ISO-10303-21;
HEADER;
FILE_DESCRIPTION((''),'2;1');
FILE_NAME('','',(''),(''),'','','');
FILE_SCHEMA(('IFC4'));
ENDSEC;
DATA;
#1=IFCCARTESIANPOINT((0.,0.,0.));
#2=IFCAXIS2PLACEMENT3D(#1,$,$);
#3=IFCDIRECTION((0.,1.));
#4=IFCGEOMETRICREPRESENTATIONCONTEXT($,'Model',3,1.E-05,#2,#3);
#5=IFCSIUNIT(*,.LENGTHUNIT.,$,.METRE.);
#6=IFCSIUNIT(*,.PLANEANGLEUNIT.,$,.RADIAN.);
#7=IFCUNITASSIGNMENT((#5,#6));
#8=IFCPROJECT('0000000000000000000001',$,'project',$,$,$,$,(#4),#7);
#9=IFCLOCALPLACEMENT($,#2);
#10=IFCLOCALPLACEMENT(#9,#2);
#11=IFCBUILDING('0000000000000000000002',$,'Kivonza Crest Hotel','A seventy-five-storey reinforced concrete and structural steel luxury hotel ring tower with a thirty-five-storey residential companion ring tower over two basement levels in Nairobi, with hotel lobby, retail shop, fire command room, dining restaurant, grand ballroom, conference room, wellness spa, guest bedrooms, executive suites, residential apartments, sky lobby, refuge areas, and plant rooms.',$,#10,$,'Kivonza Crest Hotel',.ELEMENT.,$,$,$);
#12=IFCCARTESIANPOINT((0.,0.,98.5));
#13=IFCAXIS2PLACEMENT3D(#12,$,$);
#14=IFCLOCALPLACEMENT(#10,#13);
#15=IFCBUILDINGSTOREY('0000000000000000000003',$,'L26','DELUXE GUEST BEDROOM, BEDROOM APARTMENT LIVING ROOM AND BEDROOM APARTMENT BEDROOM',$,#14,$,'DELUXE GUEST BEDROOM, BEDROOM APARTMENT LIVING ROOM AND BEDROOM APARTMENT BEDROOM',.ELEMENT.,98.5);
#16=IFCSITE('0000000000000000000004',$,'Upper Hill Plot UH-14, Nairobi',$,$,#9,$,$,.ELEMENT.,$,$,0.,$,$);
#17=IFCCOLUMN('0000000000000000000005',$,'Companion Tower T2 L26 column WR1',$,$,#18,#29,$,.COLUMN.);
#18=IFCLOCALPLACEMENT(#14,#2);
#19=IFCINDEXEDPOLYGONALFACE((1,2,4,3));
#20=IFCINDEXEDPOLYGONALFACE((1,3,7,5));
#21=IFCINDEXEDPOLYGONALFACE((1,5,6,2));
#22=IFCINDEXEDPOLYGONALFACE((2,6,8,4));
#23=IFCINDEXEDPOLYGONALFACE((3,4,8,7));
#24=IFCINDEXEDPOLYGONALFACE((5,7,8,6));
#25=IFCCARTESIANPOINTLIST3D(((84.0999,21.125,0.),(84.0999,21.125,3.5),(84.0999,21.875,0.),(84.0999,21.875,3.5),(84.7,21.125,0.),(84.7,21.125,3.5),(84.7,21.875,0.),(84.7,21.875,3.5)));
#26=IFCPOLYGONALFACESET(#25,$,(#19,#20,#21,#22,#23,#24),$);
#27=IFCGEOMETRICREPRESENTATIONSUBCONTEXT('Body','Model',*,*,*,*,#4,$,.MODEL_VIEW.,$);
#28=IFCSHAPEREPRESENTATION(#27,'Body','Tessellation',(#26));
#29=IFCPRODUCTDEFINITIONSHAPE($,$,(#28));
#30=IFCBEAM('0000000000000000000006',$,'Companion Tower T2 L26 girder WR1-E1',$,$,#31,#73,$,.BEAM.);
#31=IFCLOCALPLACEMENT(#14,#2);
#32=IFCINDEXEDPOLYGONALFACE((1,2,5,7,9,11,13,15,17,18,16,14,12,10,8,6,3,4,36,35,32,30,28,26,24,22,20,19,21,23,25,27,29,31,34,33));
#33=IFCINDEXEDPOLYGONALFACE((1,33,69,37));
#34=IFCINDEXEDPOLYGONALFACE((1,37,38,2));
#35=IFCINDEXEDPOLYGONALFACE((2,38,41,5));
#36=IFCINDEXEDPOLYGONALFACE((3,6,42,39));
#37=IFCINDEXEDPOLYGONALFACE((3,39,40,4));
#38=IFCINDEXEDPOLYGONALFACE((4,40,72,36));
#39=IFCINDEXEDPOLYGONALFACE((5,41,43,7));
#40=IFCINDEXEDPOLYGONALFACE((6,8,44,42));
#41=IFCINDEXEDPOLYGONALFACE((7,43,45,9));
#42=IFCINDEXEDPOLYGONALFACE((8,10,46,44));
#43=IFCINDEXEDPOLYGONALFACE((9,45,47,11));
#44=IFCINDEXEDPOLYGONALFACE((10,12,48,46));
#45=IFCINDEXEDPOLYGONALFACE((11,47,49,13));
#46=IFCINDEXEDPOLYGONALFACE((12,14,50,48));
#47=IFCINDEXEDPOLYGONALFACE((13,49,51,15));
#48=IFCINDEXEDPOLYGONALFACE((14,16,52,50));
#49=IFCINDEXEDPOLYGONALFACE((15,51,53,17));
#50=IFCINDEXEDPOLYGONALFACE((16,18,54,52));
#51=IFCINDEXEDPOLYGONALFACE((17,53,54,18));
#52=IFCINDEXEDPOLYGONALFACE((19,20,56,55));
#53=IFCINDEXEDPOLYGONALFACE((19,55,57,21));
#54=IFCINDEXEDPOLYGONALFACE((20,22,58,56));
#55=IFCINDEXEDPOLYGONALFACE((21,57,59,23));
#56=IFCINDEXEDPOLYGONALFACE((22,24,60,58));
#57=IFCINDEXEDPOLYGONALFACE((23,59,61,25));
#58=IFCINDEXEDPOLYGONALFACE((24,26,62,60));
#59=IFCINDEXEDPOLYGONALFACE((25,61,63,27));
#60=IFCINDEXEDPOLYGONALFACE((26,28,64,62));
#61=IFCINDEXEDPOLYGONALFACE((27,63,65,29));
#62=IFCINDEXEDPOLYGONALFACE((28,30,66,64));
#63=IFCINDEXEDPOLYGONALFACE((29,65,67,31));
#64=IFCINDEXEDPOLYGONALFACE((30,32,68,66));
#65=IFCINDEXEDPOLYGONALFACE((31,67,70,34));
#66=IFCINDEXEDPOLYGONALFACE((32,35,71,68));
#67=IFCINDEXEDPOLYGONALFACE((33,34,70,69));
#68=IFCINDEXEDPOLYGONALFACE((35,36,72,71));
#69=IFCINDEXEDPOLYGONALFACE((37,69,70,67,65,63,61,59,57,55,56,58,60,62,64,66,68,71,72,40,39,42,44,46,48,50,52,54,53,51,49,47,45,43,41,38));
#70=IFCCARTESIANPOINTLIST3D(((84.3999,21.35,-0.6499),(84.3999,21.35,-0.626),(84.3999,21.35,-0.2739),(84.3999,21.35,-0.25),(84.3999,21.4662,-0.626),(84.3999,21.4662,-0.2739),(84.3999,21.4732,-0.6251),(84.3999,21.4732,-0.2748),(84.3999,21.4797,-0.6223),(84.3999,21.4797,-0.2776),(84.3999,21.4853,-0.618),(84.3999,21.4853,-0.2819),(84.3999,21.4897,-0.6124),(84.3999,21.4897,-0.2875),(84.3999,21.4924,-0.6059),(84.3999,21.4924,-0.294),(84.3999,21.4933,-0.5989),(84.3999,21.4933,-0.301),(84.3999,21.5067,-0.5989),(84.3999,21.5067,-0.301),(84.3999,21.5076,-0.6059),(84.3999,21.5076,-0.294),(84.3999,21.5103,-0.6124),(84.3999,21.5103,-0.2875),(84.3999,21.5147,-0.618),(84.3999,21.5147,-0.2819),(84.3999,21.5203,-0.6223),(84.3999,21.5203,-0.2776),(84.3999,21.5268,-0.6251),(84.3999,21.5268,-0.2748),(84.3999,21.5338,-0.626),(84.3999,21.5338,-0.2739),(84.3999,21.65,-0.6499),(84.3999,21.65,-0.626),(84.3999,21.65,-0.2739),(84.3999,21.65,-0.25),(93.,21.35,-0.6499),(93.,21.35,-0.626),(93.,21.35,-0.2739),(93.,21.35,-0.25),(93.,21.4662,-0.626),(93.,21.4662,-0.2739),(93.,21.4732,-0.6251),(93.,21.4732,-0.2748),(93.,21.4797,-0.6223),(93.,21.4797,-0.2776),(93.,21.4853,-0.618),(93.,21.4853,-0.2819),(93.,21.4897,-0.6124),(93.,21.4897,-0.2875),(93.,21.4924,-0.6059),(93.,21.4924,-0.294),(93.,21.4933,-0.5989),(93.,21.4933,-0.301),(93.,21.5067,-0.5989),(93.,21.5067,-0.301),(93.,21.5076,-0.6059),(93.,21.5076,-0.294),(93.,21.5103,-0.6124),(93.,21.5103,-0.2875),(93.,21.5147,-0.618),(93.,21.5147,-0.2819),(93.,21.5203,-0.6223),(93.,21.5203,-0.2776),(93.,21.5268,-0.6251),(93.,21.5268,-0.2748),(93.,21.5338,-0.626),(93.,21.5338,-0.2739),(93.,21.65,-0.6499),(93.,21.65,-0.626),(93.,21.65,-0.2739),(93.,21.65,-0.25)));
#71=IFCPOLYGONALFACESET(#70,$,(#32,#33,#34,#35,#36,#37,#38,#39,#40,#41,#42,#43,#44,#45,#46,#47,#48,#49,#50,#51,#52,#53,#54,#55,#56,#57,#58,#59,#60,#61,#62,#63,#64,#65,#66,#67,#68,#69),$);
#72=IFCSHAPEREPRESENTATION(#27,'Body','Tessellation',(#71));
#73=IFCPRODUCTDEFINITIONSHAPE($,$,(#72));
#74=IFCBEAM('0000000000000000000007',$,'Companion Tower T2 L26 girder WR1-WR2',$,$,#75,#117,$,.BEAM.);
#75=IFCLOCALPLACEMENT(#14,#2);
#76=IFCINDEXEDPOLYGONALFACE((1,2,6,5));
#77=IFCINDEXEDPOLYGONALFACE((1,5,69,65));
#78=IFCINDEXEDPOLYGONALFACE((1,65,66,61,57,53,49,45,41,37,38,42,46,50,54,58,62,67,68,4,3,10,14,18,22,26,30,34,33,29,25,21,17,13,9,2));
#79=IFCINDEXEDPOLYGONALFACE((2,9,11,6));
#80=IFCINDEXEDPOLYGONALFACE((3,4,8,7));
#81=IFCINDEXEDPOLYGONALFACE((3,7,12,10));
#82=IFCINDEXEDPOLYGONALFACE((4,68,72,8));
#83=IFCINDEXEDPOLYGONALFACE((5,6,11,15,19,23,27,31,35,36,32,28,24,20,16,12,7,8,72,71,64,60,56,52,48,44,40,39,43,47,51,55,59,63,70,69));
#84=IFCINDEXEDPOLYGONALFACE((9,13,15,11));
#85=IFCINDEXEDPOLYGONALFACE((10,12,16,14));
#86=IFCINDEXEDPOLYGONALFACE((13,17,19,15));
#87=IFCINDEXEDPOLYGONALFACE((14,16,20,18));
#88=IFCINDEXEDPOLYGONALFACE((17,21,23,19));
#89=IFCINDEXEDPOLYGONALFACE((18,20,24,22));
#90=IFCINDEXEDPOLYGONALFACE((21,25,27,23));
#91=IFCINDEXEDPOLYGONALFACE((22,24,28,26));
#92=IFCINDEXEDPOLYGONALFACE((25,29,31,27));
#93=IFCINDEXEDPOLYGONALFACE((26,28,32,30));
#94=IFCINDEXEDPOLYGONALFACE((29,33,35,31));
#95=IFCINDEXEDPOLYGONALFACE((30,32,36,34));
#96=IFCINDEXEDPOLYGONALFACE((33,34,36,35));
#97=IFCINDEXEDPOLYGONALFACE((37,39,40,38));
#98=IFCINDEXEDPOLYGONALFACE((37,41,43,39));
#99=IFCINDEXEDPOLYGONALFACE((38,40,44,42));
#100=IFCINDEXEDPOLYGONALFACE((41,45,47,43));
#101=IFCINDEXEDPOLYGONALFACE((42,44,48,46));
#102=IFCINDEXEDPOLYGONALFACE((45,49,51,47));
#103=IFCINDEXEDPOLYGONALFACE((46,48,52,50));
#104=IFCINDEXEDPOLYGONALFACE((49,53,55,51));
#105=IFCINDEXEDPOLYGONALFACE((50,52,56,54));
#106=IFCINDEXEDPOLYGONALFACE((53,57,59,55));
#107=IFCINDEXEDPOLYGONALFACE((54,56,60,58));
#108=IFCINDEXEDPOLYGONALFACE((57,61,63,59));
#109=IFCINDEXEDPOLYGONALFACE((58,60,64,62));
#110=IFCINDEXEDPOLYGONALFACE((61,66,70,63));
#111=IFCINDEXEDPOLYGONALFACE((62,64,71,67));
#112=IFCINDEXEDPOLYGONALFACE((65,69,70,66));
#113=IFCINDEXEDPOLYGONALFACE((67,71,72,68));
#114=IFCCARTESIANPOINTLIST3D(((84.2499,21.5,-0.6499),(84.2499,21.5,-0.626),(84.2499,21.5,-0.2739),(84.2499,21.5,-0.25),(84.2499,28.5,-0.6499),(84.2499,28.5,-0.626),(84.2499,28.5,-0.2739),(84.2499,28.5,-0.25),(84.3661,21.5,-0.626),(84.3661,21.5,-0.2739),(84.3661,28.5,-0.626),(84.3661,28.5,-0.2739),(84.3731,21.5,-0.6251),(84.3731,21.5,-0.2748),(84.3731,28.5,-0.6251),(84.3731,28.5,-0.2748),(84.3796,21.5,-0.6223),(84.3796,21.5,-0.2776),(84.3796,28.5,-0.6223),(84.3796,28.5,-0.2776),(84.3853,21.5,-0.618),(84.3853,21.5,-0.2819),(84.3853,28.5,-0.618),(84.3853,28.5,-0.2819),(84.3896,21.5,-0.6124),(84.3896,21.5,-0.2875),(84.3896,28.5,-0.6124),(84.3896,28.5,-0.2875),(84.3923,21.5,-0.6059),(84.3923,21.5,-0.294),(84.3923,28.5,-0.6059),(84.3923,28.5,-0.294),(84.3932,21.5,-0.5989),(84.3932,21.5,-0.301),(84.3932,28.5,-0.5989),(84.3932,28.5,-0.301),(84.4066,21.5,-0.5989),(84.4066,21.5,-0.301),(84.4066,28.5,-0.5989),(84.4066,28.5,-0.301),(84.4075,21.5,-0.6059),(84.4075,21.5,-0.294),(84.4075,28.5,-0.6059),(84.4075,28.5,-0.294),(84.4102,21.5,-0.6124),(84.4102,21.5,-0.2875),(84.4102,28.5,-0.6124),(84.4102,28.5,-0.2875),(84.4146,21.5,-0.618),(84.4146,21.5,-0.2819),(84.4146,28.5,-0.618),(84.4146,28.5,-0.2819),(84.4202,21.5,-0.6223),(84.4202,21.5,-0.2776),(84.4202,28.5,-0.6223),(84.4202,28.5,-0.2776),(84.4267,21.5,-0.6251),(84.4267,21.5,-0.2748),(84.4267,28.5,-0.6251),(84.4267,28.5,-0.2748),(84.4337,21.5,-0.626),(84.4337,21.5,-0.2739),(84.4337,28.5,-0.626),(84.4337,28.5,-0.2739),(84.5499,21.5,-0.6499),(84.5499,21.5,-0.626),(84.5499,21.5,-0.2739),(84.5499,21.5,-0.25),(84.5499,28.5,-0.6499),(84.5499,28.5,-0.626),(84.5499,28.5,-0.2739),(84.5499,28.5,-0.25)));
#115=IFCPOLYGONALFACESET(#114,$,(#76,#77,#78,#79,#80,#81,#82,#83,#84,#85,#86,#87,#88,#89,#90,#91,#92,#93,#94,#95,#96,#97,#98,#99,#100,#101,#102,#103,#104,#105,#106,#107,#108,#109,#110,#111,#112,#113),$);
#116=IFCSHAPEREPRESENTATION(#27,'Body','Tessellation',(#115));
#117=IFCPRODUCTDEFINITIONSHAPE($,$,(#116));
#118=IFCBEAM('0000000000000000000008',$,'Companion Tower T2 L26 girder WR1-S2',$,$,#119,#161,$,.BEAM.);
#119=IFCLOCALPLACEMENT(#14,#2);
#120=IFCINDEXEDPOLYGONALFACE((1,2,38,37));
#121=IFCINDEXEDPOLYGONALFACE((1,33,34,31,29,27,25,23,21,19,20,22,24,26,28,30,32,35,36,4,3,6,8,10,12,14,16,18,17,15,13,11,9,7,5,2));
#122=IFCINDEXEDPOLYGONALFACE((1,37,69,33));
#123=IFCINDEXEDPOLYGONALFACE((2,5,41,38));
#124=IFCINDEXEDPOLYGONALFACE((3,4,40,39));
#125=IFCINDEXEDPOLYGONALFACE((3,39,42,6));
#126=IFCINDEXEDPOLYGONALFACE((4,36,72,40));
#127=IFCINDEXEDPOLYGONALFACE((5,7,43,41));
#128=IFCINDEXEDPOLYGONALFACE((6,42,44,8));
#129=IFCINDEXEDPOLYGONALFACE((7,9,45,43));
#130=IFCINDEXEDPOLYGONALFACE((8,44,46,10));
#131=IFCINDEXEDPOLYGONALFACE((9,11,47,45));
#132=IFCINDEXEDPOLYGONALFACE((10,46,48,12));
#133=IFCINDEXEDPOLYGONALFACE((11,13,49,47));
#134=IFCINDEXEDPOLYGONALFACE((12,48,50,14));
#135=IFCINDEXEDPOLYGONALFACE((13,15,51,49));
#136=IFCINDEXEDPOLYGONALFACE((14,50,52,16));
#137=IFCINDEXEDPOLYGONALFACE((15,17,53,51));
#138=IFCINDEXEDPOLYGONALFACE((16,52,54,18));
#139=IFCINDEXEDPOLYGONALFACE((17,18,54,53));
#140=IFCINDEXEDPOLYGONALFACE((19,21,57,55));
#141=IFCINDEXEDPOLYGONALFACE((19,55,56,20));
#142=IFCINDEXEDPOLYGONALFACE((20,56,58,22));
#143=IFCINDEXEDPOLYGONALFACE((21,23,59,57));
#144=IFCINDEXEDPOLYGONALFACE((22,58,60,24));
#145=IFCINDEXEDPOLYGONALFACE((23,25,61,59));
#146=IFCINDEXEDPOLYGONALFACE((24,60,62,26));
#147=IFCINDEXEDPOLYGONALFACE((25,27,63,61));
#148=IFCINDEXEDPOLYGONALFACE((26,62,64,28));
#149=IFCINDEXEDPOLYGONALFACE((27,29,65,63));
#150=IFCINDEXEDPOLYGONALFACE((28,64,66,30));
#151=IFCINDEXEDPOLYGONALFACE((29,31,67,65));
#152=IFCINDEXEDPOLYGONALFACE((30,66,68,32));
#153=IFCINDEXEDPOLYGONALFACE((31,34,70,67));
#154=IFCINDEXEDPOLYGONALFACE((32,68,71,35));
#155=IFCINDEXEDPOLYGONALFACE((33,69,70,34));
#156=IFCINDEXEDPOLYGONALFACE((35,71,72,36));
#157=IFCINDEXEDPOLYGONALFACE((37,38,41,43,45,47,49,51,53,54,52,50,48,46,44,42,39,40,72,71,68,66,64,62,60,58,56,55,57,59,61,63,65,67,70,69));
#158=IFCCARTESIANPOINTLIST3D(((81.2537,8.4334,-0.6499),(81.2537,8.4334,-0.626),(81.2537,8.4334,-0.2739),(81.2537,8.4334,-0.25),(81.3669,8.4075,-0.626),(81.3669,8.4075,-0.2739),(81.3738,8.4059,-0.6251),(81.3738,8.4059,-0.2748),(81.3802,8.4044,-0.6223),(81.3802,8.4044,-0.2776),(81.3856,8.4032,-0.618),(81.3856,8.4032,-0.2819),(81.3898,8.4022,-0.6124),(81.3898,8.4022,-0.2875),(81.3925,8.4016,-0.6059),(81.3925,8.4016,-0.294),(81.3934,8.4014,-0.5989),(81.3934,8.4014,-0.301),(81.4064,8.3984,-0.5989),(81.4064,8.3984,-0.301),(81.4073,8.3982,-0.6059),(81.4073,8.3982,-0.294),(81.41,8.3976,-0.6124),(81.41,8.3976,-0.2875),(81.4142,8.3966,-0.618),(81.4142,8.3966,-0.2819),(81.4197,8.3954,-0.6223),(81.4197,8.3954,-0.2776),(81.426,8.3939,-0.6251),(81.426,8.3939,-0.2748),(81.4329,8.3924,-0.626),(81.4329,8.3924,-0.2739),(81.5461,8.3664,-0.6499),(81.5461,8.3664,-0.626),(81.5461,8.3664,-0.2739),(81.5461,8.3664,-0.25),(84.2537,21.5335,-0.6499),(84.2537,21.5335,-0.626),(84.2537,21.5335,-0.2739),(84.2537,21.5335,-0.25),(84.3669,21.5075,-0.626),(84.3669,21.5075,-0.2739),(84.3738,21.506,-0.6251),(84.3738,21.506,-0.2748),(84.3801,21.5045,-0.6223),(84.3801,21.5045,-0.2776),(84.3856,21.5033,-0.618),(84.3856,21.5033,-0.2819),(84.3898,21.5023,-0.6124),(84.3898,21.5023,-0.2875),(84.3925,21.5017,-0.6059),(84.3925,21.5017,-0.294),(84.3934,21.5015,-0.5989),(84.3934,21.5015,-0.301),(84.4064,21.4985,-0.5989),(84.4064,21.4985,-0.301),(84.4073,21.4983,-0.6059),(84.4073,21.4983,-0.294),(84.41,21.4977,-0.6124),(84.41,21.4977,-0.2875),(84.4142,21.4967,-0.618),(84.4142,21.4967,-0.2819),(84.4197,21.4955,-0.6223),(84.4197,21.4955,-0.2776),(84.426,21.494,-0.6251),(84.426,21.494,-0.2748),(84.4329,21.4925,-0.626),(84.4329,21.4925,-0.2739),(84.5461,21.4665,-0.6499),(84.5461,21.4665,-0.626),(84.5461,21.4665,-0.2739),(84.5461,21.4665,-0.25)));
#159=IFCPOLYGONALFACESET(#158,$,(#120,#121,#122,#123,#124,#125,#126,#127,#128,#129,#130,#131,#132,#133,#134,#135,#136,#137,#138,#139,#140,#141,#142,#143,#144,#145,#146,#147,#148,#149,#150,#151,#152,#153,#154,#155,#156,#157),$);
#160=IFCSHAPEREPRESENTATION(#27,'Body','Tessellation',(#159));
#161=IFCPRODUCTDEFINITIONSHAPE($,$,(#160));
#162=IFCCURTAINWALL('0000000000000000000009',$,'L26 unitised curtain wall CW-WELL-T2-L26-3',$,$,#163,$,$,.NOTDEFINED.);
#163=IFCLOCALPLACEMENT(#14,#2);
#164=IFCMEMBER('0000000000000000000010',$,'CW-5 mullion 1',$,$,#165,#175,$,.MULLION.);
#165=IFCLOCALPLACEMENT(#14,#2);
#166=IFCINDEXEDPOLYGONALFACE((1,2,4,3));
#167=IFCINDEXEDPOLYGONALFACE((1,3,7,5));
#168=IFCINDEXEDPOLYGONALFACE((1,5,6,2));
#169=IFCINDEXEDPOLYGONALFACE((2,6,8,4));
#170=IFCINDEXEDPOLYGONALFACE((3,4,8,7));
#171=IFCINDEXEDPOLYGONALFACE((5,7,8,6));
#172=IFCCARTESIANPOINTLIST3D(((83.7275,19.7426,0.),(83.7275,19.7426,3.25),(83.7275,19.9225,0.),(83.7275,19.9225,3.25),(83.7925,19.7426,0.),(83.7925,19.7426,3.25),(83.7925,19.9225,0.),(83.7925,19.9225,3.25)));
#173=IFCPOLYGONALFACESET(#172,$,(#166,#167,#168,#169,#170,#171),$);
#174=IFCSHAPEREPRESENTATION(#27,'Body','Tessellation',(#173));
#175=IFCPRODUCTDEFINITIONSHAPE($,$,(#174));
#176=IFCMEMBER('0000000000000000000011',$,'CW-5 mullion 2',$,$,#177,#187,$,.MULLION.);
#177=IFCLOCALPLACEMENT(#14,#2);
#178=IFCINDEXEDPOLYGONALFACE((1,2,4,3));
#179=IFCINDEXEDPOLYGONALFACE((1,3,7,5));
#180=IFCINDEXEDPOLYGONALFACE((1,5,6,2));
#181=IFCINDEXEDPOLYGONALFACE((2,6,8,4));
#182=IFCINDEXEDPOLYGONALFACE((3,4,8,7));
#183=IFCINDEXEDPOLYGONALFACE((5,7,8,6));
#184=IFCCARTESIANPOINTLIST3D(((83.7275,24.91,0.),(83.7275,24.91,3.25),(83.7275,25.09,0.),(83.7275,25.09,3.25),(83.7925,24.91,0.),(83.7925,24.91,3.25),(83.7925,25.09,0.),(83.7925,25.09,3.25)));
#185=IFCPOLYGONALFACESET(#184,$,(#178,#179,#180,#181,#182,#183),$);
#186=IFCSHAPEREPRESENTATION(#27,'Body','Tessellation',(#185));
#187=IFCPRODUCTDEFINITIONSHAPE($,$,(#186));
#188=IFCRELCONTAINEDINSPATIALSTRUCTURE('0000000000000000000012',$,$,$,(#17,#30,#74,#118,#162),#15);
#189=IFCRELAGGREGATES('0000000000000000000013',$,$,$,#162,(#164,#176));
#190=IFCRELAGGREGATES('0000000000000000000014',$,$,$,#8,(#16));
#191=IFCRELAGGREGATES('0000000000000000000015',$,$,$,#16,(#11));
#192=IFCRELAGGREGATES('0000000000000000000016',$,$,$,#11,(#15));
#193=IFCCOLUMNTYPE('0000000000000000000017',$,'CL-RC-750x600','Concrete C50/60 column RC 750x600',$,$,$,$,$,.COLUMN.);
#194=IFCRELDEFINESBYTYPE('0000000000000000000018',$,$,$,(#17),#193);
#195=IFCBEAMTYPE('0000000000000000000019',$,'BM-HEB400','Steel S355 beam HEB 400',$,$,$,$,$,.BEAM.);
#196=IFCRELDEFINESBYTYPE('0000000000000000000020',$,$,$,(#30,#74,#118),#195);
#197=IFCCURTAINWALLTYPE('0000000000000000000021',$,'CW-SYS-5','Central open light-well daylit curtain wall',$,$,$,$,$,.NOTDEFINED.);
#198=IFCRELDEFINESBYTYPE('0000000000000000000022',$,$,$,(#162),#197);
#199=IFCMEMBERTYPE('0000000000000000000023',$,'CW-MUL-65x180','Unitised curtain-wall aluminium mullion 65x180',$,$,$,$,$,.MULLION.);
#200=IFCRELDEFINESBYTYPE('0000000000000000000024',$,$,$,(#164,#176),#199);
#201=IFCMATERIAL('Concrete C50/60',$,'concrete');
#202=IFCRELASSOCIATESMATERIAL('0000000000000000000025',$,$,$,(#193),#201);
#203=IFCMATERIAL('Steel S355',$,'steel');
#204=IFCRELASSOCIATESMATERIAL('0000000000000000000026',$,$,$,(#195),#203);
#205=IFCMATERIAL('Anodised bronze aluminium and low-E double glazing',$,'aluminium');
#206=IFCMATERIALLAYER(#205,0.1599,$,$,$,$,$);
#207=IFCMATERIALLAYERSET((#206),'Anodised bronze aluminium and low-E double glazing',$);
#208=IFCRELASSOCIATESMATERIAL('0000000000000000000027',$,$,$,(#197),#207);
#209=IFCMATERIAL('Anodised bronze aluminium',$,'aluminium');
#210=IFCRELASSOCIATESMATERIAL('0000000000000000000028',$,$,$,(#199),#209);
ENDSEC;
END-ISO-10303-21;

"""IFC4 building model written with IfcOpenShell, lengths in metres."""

from ifc_helpers import new_model, si_unit, direction, frame, origin, origin_2d, place, context, subcontext, project, spatial, rectangle, i_section, extrude, material, layer, layer_set, material_profile, profile_set, type_object, element, aggregate, save


model = new_model("IFC4")

# Units and contexts
model_context = context("Model", 3, precision=1e-05, world=origin(), true_north=direction((0.0, 1.0)))
body_context = subcontext(model_context, "Body", "Model", "MODEL_VIEW")
ifc_project = project(units=[si_unit("LENGTHUNIT", "METRE"), si_unit("PLANEANGLEUNIT", "RADIAN")], contexts=[model_context])

# Site, building, storey
site_placement = place(None, origin())
site = spatial("IfcSite", under=ifc_project, at=site_placement, Name="Upper Hill Plot UH-14, Nairobi", CompositionType="ELEMENT", RefElevation=0.0)
building_placement = place(site_placement, origin())
building = spatial("IfcBuilding", under=site, at=building_placement, Name="Kivonza Crest Hotel", Description="A seventy-five-storey reinforced concrete and structural steel luxury hotel ring tower with a thirty-five-storey residential companion ring tower over two basement levels in Nairobi, with hotel lobby, retail shop, fire command room, dining restaurant, grand ballroom, conference room, wellness spa, guest bedrooms, executive suites, residential apartments, sky lobby, refuge areas, and plant rooms.", LongName="Kivonza Crest Hotel", CompositionType="ELEMENT")
storey_placement = place(building_placement, frame((0.0, 0.0, 98.5)))
storey = spatial("IfcBuildingStorey", under=building, at=storey_placement, Name="L26", Description="DELUXE GUEST BEDROOM, BEDROOM APARTMENT LIVING ROOM AND BEDROOM APARTMENT BEDROOM", LongName="DELUXE GUEST BEDROOM, BEDROOM APARTMENT LIVING ROOM AND BEDROOM APARTMENT BEDROOM", CompositionType="ELEMENT", Elevation=98.5)

# Column
ifc_material_1 = material(Name="Concrete C50/60", Category="concrete")
ifc_material_profile_1 = material_profile(ifc_material_1, rectangle(XDim=0.6001, YDim=0.75, at=origin_2d()), Name="RC 750x600")
ifc_profile_set_1 = profile_set([ifc_material_profile_1], Name="Concrete C50/60")
column_type = type_object("IfcColumnType", Name="CL-RC-750x600", Description="Concrete C50/60 column RC 750x600", PredefinedType="COLUMN", material=ifc_profile_set_1)
column_placement = place(storey_placement, frame((84.3999, 21.5, 0.0), z_axis=(0.0, 0.0, 1.0), x_axis=(1.0, 0.0, 0.0)))
element("IfcColumn", 1, at=column_placement, inside=storey, type_object=column_type, Name="Companion Tower T2 L26 column WR1", PredefinedType="COLUMN", context=body_context, shape_type="SweptSolid", body=[
    extrude(rectangle(XDim=0.6001, YDim=0.75, at=origin_2d()), origin(), (0.0, 0.0, 1.0), 3.5),
])

# Beams
ifc_material_2 = material(Name="Steel S355", Category="steel")
ifc_material_profile_2 = material_profile(ifc_material_2, i_section(OverallWidth=0.3, OverallDepth=0.3999, WebThickness=0.0134, FlangeThickness=0.0239, FilletRadius=0.0271, at=origin_2d()), Name="HEB 400")
ifc_profile_set_2 = profile_set([ifc_material_profile_2], Name="Steel S355")
beam_type = type_object("IfcBeamType", Name="BM-HEB400", Description="Steel S355 beam HEB 400", PredefinedType="BEAM", material=ifc_profile_set_2)
beam_1_placement = place(storey_placement, frame((84.3999, 21.5, -0.45), z_axis=(1.0, 0.0, 0.0), x_axis=(0.0, 1.0, 0.0)))
element("IfcBeam", 2, at=beam_1_placement, inside=storey, type_object=beam_type, Name="Companion Tower T2 L26 girder WR1-E1", PredefinedType="BEAM", context=body_context, shape_type="SweptSolid", body=[
    extrude(i_section(OverallWidth=0.3, OverallDepth=0.3999, WebThickness=0.0134, FlangeThickness=0.0239, FilletRadius=0.0271, at=origin_2d()), origin(), (0.0, 0.0, 1.0), 8.6001),
])
beam_2_placement = place(storey_placement, frame((84.3999, 21.5, -0.45), z_axis=(0.0, 1.0, 0.0), x_axis=(-1.0, 0.0, 0.0)))
element("IfcBeam", 3, at=beam_2_placement, inside=storey, type_object=beam_type, Name="Companion Tower T2 L26 girder WR1-WR2", PredefinedType="BEAM", context=body_context, shape_type="SweptSolid", body=[
    extrude(i_section(OverallWidth=0.3, OverallDepth=0.3999, WebThickness=0.0134, FlangeThickness=0.0239, FilletRadius=0.0271, at=origin_2d()), origin(), (0.0, 0.0, 1.0), 7.0),
])
beam_3_placement = place(storey_placement, frame((84.3999, 21.5, -0.45), z_axis=(-0.223227, -0.974766, 0.0), x_axis=(0.974766, -0.223227, 0.0)))
element("IfcBeam", 4, at=beam_3_placement, inside=storey, type_object=beam_type, Name="Companion Tower T2 L26 girder WR1-S2", PredefinedType="BEAM", context=body_context, shape_type="SweptSolid", body=[
    extrude(i_section(OverallWidth=0.3, OverallDepth=0.3999, WebThickness=0.0134, FlangeThickness=0.0239, FilletRadius=0.0271, at=origin_2d()), origin(), (0.0, 0.0, 1.0), 13.4392),
])

# Curtain wall, members
ifc_material_3 = material(Name="Anodised bronze aluminium and low-E double glazing", Category="aluminium")
ifc_layer_1 = layer(ifc_material_3, 0.1599)
ifc_layer_set_1 = layer_set([ifc_layer_1], Name="Anodised bronze aluminium and low-E double glazing")
curtain_wall_type = type_object("IfcCurtainWallType", Name="CW-SYS-5", Description="Central open light-well daylit curtain wall", PredefinedType="NOTDEFINED", material=ifc_layer_set_1)
curtain_wall_placement = place(storey_placement, origin())
curtain_wall = element("IfcCurtainWall", 5, at=curtain_wall_placement, inside=storey, type_object=curtain_wall_type, Name="L26 unitised curtain wall CW-WELL-T2-L26-3", PredefinedType="NOTDEFINED")
ifc_material_4 = material(Name="Anodised bronze aluminium", Category="aluminium")
ifc_material_profile_3 = material_profile(ifc_material_4, rectangle(XDim=0.0649, YDim=0.1799, at=origin_2d()), Name="CW-M 65x180")
ifc_profile_set_3 = profile_set([ifc_material_profile_3], Name="Anodised bronze aluminium")
member_type_1 = type_object("IfcMemberType", Name="CW-MUL-65x180", Description="Unitised curtain-wall aluminium mullion 65x180", PredefinedType="MULLION", material=ifc_profile_set_3)
member_1_placement = place(storey_placement, frame((83.76, 19.8325, 0.0), z_axis=(0.0, 0.0, 1.0), x_axis=(-1.0, 0.0, 0.0)))
member_1 = element("IfcMember", 6, at=member_1_placement, type_object=member_type_1, Name="CW-5 mullion 1", PredefinedType="MULLION", context=body_context, shape_type="SweptSolid", body=[
    extrude(rectangle(XDim=0.0649, YDim=0.1799, at=origin_2d()), origin(), (0.0, 0.0, 1.0), 3.25),
])
member_2_placement = place(storey_placement, frame((83.76, 25.0, 0.0), z_axis=(0.0, 0.0, 1.0), x_axis=(-1.0, 0.0, 0.0)))
member_2 = element("IfcMember", 7, at=member_2_placement, type_object=member_type_1, Name="CW-5 mullion 2", PredefinedType="MULLION", context=body_context, shape_type="SweptSolid", body=[
    extrude(rectangle(XDim=0.0649, YDim=0.1799, at=origin_2d()), origin(), (0.0, 0.0, 1.0), 3.25),
])
aggregate(curtain_wall, [member_1, member_2])

save(model, "model.ifc")
